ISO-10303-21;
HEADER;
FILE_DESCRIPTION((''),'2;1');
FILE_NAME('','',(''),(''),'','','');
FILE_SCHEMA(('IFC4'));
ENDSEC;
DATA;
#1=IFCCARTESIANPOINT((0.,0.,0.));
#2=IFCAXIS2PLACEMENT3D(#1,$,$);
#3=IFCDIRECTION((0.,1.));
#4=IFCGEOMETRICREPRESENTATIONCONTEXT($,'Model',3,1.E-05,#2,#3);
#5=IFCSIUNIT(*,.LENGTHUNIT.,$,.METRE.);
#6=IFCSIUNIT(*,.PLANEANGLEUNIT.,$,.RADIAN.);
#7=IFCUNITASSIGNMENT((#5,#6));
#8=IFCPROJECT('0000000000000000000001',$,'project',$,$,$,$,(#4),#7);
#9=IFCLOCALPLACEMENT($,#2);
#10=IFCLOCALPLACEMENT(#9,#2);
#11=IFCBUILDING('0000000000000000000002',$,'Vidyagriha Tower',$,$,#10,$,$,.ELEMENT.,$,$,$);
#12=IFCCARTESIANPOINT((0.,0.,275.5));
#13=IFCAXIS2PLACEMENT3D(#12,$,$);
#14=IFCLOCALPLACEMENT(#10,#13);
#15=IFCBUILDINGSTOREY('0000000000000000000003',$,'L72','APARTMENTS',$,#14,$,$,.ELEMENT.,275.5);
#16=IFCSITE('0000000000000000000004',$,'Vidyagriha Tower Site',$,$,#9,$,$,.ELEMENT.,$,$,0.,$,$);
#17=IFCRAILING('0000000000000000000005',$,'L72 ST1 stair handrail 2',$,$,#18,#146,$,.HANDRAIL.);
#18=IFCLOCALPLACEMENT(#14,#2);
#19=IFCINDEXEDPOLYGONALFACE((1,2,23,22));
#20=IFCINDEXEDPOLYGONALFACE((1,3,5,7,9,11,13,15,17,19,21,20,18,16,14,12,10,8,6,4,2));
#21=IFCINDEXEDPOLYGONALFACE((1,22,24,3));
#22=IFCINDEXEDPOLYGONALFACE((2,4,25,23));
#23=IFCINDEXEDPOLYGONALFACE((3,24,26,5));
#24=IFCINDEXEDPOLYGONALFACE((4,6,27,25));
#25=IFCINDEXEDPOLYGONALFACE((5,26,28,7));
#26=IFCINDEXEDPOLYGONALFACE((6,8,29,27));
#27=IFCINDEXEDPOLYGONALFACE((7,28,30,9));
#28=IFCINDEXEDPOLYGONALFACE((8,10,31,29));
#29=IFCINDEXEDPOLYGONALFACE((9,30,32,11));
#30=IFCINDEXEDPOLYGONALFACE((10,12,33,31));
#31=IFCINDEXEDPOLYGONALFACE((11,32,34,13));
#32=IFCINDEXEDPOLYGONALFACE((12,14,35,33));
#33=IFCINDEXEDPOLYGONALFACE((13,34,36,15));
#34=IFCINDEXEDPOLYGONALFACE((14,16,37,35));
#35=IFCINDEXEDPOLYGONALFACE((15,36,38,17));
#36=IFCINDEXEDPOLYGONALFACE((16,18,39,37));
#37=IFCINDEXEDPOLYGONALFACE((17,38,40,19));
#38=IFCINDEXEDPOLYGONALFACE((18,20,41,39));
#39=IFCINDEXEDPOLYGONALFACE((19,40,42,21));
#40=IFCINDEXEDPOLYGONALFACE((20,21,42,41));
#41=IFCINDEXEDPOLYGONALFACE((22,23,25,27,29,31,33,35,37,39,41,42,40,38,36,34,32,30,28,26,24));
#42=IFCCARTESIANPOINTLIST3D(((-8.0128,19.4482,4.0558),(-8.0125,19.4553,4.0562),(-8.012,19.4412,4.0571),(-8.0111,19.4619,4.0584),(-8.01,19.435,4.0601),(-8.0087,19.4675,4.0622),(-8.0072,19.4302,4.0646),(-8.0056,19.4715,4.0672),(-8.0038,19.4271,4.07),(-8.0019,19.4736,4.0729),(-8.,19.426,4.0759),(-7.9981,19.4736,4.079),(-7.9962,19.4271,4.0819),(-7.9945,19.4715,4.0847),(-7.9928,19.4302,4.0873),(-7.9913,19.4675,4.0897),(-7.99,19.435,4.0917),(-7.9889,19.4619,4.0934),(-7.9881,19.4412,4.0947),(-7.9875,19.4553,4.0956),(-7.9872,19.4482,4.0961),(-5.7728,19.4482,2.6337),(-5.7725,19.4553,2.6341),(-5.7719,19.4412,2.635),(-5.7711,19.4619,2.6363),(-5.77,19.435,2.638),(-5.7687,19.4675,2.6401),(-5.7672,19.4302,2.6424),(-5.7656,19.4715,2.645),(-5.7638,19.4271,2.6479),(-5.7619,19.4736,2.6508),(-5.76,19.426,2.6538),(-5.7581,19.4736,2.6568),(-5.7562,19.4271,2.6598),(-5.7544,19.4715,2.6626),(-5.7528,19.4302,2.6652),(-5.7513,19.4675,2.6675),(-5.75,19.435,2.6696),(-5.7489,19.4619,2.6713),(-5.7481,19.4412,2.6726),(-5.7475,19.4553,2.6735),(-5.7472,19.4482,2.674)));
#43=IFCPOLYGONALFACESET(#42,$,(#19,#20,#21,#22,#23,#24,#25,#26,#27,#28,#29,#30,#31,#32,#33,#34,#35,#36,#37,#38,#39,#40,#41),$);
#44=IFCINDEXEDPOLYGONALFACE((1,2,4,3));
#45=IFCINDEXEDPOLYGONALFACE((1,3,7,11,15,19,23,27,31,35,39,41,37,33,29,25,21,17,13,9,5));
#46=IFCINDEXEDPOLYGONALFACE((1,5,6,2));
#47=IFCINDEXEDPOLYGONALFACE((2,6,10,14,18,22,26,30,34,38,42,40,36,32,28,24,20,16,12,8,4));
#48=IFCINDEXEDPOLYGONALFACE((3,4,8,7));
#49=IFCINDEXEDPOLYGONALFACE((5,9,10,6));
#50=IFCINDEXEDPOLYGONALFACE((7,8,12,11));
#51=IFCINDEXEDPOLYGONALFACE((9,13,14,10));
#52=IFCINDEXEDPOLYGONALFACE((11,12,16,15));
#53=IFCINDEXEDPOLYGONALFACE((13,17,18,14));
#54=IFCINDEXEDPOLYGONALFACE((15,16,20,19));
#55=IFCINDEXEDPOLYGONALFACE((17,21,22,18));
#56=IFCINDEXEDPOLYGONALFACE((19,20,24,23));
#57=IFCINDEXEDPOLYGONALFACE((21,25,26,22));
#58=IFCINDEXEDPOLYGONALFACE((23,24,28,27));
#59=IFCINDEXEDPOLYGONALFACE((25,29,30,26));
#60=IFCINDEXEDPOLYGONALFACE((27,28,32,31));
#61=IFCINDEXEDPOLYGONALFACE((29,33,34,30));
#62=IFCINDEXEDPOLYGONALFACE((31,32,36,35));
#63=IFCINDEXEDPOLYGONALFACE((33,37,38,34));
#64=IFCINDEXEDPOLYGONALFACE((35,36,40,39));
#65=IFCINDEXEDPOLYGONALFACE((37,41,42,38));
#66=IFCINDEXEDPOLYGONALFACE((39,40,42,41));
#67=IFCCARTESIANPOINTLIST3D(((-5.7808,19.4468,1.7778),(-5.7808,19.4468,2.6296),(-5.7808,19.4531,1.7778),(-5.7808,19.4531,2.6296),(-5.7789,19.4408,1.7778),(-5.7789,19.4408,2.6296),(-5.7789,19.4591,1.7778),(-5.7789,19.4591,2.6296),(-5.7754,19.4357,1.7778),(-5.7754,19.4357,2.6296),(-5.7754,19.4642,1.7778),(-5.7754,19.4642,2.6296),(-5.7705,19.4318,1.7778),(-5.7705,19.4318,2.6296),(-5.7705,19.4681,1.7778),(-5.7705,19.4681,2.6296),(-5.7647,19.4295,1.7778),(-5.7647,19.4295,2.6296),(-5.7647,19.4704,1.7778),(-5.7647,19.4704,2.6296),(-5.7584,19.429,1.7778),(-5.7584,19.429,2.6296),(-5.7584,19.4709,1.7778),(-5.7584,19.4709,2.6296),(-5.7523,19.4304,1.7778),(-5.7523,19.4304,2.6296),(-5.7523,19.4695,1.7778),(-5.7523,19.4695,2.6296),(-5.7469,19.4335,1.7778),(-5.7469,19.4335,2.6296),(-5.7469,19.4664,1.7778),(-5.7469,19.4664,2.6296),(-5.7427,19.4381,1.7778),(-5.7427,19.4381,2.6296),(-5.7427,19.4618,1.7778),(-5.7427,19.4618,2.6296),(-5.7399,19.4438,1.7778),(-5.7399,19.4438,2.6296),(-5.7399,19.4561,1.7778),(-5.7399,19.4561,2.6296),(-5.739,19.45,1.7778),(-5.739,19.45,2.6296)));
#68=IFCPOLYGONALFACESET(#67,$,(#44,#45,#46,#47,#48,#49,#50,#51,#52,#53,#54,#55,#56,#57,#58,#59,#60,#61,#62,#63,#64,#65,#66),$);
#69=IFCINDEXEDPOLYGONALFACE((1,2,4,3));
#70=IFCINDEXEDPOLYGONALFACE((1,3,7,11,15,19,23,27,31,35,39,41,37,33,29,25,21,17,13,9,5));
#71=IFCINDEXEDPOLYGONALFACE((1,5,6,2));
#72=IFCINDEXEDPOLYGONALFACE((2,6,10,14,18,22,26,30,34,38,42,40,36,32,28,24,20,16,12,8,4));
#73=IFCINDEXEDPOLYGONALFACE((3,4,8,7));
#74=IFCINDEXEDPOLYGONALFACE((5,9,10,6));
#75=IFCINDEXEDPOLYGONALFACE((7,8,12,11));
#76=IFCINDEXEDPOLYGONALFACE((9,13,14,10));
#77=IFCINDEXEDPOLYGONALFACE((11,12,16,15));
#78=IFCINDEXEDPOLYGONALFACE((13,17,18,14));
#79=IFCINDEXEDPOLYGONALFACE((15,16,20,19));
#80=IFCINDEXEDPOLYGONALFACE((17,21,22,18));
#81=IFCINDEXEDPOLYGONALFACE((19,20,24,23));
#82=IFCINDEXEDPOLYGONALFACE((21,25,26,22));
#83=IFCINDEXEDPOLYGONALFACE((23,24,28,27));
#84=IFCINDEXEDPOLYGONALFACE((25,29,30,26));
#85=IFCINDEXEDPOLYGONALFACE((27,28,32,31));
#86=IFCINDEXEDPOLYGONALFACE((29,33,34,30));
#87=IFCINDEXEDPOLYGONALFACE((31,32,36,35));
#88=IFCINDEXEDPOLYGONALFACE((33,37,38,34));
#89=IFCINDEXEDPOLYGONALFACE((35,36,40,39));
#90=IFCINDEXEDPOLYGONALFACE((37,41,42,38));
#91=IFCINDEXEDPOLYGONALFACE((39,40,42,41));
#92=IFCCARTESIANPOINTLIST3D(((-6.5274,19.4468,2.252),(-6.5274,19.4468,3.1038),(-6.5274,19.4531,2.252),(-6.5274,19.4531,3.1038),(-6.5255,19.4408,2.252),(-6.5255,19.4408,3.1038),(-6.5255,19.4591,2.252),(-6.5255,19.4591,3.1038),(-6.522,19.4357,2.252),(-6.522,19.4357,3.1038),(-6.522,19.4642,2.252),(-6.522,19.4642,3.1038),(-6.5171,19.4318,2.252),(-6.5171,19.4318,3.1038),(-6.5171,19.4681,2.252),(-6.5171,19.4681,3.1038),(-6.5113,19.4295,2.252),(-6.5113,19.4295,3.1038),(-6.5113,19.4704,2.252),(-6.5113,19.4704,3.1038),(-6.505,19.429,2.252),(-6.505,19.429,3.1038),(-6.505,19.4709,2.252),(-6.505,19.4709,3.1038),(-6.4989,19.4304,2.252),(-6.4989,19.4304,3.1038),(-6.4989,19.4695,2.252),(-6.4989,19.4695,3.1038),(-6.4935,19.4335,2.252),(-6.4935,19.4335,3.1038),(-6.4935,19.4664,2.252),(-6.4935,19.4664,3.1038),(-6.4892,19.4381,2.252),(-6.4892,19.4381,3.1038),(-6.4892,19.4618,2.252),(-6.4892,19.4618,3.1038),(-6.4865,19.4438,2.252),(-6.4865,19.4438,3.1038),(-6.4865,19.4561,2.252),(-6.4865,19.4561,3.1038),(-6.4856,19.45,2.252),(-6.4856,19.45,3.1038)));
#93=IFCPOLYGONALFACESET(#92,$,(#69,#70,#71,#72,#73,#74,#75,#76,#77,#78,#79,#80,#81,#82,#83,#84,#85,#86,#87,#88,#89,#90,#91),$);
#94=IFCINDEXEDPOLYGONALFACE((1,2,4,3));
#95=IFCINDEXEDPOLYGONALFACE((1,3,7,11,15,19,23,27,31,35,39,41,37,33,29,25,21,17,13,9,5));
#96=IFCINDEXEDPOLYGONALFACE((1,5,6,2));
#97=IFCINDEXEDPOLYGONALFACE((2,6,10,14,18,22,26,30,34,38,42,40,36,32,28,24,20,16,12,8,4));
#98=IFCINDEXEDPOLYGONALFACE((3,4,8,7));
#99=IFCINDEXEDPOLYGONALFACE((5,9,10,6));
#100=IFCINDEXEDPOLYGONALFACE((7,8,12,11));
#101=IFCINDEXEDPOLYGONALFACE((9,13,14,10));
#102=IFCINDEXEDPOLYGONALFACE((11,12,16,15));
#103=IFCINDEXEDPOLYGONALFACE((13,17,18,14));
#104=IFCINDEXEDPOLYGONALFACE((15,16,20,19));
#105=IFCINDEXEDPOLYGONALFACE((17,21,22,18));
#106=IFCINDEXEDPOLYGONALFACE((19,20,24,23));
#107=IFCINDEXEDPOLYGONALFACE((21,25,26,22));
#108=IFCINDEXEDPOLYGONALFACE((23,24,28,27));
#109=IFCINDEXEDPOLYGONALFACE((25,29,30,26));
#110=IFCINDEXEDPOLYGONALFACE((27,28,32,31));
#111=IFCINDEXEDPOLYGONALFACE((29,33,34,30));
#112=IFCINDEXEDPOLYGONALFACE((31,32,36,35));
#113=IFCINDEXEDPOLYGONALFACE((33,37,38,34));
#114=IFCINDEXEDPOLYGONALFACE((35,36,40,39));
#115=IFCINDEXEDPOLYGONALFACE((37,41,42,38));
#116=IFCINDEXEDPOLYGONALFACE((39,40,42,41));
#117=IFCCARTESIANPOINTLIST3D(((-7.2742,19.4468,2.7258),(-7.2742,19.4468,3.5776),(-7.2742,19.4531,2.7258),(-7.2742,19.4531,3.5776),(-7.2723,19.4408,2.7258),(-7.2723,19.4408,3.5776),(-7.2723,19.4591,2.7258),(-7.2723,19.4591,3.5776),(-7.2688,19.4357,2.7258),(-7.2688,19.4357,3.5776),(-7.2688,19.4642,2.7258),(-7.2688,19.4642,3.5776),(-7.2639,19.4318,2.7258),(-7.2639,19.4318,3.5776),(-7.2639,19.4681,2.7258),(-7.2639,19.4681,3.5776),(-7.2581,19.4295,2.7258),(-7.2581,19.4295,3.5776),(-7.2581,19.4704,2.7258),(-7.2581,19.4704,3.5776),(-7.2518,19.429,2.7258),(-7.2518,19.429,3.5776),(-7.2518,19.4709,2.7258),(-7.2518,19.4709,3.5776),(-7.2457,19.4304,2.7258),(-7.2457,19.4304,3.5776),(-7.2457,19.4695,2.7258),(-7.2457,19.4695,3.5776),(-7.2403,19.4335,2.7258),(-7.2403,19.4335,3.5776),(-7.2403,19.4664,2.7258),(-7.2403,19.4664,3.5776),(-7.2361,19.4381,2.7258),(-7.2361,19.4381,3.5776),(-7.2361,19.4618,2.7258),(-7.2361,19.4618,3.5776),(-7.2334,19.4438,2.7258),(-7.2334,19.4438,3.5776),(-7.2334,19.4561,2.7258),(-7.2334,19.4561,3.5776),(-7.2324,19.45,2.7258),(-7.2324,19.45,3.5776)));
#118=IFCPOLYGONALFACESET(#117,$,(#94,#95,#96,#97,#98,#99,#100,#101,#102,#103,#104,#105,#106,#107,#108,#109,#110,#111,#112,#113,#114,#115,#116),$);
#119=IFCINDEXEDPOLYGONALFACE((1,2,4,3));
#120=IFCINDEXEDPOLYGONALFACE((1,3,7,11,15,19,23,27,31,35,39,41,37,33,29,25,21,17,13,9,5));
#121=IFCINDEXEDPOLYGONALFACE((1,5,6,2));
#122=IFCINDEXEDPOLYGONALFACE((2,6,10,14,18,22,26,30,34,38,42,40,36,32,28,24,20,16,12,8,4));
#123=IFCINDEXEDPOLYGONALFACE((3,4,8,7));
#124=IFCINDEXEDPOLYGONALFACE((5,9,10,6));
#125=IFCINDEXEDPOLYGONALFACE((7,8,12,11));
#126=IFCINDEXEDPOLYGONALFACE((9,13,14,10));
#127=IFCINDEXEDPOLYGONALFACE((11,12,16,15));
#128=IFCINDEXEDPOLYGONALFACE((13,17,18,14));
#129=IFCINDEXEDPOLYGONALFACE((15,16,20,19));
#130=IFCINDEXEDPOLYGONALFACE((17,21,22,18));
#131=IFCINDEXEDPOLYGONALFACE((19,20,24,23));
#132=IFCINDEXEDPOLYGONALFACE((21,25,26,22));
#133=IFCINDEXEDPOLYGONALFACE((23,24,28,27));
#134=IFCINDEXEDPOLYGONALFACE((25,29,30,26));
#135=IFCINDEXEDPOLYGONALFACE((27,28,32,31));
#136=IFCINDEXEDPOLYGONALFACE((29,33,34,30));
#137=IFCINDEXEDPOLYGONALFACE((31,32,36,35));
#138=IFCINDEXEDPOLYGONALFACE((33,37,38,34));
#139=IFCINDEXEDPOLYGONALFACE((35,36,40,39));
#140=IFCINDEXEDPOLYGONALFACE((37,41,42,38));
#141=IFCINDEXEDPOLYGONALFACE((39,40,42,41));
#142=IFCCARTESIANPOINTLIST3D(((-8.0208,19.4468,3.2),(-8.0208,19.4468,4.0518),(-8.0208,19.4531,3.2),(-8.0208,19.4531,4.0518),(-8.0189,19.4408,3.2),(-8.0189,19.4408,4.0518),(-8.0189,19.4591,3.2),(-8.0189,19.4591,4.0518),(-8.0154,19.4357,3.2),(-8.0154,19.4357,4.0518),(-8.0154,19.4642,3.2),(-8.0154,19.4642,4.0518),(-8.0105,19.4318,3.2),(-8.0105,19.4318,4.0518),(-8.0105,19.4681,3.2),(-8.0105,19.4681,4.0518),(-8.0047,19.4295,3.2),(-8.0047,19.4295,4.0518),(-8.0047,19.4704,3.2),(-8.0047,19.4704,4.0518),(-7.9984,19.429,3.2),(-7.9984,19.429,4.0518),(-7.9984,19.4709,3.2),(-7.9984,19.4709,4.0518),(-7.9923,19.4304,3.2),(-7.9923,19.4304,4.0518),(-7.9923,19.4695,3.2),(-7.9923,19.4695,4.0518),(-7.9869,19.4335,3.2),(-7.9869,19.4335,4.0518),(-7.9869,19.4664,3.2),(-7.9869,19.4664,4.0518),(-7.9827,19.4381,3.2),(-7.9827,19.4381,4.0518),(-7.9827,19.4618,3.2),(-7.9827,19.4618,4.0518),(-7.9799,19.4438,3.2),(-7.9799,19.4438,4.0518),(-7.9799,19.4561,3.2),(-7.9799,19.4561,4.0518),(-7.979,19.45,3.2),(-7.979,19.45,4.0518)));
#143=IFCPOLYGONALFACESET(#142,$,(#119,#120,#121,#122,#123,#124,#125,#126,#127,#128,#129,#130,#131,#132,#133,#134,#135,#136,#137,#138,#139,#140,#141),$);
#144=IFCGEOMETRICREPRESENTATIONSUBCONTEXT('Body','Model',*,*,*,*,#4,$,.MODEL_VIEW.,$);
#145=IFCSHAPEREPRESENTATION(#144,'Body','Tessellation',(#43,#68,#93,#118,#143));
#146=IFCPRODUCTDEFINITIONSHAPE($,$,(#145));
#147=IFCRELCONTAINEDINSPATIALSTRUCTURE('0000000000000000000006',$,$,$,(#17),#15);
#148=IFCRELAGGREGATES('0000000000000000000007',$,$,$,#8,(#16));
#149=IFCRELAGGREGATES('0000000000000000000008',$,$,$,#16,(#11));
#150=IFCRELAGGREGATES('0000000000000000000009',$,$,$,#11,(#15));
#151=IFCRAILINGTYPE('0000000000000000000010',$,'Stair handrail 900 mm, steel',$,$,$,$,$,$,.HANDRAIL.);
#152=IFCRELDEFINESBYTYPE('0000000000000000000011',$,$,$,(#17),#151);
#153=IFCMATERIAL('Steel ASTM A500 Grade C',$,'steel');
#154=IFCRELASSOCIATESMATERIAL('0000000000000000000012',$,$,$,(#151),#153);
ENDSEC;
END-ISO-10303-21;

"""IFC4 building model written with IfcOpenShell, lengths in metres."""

from ifc_helpers import new_model, si_unit, direction, frame, origin, origin_2d, place, context, subcontext, project, spatial, circle, extrude, material, type_object, element, save


model = new_model("IFC4")

# Units and contexts
model_context = context("Model", 3, precision=1e-05, world=origin(), true_north=direction((0.0, 1.0)))
body_context = subcontext(model_context, "Body", "Model", "MODEL_VIEW")
ifc_project = project(units=[si_unit("LENGTHUNIT", "METRE"), si_unit("PLANEANGLEUNIT", "RADIAN")], contexts=[model_context])

# Site, building, storey
site_placement = place(None, origin())
site = spatial("IfcSite", under=ifc_project, at=site_placement, Name="Vidyagriha Tower Site", CompositionType="ELEMENT", RefElevation=0.0)
building_placement = place(site_placement, origin())
building = spatial("IfcBuilding", under=site, at=building_placement, Name="Vidyagriha Tower", CompositionType="ELEMENT")
storey_placement = place(building_placement, frame((0.0, 0.0, 275.5)))
storey = spatial("IfcBuildingStorey", under=building, at=storey_placement, Name="L72", Description="APARTMENTS", CompositionType="ELEMENT", Elevation=275.5)

# Railing
ifc_material_1 = material(Name="Steel ASTM A500 Grade C", Category="steel")
railing_type_1 = type_object("IfcRailingType", Name="Stair handrail 900 mm, steel", PredefinedType="HANDRAIL", material=ifc_material_1)
railing_1_placement = place(storey_placement, frame((-5.76, 19.45, 1.7778)))
element("IfcRailing", 1, at=railing_1_placement, inside=storey, type_object=railing_type_1, Name="L72 ST1 stair handrail 2", PredefinedType="HANDRAIL", context=body_context, shape_type="SweptSolid", body=[
    extrude(circle(Radius=0.0239, at=origin_2d()), frame((0.0, 0.0, 0.876), z_axis=(-0.844229, 0.0, 0.535982), x_axis=(0.0, -1.0, 0.0)), (0.0, 0.0, 1.0), 2.6533),
    extrude(circle(Radius=0.021, at=origin_2d()), origin(), (0.0, 0.0, 1.0), 0.8518),
    extrude(circle(Radius=0.021, at=origin_2d()), frame((-0.7466, 0.0, 0.4741)), (0.0, 0.0, 1.0), 0.8518),
    extrude(circle(Radius=0.021, at=origin_2d()), frame((-1.4934, 0.0, 0.948)), (0.0, 0.0, 1.0), 0.8518),
    extrude(circle(Radius=0.021, at=origin_2d()), frame((-2.24, 0.0, 1.4221)), (0.0, 0.0, 1.0), 0.8518),
])

save(model, "model.ifc")
